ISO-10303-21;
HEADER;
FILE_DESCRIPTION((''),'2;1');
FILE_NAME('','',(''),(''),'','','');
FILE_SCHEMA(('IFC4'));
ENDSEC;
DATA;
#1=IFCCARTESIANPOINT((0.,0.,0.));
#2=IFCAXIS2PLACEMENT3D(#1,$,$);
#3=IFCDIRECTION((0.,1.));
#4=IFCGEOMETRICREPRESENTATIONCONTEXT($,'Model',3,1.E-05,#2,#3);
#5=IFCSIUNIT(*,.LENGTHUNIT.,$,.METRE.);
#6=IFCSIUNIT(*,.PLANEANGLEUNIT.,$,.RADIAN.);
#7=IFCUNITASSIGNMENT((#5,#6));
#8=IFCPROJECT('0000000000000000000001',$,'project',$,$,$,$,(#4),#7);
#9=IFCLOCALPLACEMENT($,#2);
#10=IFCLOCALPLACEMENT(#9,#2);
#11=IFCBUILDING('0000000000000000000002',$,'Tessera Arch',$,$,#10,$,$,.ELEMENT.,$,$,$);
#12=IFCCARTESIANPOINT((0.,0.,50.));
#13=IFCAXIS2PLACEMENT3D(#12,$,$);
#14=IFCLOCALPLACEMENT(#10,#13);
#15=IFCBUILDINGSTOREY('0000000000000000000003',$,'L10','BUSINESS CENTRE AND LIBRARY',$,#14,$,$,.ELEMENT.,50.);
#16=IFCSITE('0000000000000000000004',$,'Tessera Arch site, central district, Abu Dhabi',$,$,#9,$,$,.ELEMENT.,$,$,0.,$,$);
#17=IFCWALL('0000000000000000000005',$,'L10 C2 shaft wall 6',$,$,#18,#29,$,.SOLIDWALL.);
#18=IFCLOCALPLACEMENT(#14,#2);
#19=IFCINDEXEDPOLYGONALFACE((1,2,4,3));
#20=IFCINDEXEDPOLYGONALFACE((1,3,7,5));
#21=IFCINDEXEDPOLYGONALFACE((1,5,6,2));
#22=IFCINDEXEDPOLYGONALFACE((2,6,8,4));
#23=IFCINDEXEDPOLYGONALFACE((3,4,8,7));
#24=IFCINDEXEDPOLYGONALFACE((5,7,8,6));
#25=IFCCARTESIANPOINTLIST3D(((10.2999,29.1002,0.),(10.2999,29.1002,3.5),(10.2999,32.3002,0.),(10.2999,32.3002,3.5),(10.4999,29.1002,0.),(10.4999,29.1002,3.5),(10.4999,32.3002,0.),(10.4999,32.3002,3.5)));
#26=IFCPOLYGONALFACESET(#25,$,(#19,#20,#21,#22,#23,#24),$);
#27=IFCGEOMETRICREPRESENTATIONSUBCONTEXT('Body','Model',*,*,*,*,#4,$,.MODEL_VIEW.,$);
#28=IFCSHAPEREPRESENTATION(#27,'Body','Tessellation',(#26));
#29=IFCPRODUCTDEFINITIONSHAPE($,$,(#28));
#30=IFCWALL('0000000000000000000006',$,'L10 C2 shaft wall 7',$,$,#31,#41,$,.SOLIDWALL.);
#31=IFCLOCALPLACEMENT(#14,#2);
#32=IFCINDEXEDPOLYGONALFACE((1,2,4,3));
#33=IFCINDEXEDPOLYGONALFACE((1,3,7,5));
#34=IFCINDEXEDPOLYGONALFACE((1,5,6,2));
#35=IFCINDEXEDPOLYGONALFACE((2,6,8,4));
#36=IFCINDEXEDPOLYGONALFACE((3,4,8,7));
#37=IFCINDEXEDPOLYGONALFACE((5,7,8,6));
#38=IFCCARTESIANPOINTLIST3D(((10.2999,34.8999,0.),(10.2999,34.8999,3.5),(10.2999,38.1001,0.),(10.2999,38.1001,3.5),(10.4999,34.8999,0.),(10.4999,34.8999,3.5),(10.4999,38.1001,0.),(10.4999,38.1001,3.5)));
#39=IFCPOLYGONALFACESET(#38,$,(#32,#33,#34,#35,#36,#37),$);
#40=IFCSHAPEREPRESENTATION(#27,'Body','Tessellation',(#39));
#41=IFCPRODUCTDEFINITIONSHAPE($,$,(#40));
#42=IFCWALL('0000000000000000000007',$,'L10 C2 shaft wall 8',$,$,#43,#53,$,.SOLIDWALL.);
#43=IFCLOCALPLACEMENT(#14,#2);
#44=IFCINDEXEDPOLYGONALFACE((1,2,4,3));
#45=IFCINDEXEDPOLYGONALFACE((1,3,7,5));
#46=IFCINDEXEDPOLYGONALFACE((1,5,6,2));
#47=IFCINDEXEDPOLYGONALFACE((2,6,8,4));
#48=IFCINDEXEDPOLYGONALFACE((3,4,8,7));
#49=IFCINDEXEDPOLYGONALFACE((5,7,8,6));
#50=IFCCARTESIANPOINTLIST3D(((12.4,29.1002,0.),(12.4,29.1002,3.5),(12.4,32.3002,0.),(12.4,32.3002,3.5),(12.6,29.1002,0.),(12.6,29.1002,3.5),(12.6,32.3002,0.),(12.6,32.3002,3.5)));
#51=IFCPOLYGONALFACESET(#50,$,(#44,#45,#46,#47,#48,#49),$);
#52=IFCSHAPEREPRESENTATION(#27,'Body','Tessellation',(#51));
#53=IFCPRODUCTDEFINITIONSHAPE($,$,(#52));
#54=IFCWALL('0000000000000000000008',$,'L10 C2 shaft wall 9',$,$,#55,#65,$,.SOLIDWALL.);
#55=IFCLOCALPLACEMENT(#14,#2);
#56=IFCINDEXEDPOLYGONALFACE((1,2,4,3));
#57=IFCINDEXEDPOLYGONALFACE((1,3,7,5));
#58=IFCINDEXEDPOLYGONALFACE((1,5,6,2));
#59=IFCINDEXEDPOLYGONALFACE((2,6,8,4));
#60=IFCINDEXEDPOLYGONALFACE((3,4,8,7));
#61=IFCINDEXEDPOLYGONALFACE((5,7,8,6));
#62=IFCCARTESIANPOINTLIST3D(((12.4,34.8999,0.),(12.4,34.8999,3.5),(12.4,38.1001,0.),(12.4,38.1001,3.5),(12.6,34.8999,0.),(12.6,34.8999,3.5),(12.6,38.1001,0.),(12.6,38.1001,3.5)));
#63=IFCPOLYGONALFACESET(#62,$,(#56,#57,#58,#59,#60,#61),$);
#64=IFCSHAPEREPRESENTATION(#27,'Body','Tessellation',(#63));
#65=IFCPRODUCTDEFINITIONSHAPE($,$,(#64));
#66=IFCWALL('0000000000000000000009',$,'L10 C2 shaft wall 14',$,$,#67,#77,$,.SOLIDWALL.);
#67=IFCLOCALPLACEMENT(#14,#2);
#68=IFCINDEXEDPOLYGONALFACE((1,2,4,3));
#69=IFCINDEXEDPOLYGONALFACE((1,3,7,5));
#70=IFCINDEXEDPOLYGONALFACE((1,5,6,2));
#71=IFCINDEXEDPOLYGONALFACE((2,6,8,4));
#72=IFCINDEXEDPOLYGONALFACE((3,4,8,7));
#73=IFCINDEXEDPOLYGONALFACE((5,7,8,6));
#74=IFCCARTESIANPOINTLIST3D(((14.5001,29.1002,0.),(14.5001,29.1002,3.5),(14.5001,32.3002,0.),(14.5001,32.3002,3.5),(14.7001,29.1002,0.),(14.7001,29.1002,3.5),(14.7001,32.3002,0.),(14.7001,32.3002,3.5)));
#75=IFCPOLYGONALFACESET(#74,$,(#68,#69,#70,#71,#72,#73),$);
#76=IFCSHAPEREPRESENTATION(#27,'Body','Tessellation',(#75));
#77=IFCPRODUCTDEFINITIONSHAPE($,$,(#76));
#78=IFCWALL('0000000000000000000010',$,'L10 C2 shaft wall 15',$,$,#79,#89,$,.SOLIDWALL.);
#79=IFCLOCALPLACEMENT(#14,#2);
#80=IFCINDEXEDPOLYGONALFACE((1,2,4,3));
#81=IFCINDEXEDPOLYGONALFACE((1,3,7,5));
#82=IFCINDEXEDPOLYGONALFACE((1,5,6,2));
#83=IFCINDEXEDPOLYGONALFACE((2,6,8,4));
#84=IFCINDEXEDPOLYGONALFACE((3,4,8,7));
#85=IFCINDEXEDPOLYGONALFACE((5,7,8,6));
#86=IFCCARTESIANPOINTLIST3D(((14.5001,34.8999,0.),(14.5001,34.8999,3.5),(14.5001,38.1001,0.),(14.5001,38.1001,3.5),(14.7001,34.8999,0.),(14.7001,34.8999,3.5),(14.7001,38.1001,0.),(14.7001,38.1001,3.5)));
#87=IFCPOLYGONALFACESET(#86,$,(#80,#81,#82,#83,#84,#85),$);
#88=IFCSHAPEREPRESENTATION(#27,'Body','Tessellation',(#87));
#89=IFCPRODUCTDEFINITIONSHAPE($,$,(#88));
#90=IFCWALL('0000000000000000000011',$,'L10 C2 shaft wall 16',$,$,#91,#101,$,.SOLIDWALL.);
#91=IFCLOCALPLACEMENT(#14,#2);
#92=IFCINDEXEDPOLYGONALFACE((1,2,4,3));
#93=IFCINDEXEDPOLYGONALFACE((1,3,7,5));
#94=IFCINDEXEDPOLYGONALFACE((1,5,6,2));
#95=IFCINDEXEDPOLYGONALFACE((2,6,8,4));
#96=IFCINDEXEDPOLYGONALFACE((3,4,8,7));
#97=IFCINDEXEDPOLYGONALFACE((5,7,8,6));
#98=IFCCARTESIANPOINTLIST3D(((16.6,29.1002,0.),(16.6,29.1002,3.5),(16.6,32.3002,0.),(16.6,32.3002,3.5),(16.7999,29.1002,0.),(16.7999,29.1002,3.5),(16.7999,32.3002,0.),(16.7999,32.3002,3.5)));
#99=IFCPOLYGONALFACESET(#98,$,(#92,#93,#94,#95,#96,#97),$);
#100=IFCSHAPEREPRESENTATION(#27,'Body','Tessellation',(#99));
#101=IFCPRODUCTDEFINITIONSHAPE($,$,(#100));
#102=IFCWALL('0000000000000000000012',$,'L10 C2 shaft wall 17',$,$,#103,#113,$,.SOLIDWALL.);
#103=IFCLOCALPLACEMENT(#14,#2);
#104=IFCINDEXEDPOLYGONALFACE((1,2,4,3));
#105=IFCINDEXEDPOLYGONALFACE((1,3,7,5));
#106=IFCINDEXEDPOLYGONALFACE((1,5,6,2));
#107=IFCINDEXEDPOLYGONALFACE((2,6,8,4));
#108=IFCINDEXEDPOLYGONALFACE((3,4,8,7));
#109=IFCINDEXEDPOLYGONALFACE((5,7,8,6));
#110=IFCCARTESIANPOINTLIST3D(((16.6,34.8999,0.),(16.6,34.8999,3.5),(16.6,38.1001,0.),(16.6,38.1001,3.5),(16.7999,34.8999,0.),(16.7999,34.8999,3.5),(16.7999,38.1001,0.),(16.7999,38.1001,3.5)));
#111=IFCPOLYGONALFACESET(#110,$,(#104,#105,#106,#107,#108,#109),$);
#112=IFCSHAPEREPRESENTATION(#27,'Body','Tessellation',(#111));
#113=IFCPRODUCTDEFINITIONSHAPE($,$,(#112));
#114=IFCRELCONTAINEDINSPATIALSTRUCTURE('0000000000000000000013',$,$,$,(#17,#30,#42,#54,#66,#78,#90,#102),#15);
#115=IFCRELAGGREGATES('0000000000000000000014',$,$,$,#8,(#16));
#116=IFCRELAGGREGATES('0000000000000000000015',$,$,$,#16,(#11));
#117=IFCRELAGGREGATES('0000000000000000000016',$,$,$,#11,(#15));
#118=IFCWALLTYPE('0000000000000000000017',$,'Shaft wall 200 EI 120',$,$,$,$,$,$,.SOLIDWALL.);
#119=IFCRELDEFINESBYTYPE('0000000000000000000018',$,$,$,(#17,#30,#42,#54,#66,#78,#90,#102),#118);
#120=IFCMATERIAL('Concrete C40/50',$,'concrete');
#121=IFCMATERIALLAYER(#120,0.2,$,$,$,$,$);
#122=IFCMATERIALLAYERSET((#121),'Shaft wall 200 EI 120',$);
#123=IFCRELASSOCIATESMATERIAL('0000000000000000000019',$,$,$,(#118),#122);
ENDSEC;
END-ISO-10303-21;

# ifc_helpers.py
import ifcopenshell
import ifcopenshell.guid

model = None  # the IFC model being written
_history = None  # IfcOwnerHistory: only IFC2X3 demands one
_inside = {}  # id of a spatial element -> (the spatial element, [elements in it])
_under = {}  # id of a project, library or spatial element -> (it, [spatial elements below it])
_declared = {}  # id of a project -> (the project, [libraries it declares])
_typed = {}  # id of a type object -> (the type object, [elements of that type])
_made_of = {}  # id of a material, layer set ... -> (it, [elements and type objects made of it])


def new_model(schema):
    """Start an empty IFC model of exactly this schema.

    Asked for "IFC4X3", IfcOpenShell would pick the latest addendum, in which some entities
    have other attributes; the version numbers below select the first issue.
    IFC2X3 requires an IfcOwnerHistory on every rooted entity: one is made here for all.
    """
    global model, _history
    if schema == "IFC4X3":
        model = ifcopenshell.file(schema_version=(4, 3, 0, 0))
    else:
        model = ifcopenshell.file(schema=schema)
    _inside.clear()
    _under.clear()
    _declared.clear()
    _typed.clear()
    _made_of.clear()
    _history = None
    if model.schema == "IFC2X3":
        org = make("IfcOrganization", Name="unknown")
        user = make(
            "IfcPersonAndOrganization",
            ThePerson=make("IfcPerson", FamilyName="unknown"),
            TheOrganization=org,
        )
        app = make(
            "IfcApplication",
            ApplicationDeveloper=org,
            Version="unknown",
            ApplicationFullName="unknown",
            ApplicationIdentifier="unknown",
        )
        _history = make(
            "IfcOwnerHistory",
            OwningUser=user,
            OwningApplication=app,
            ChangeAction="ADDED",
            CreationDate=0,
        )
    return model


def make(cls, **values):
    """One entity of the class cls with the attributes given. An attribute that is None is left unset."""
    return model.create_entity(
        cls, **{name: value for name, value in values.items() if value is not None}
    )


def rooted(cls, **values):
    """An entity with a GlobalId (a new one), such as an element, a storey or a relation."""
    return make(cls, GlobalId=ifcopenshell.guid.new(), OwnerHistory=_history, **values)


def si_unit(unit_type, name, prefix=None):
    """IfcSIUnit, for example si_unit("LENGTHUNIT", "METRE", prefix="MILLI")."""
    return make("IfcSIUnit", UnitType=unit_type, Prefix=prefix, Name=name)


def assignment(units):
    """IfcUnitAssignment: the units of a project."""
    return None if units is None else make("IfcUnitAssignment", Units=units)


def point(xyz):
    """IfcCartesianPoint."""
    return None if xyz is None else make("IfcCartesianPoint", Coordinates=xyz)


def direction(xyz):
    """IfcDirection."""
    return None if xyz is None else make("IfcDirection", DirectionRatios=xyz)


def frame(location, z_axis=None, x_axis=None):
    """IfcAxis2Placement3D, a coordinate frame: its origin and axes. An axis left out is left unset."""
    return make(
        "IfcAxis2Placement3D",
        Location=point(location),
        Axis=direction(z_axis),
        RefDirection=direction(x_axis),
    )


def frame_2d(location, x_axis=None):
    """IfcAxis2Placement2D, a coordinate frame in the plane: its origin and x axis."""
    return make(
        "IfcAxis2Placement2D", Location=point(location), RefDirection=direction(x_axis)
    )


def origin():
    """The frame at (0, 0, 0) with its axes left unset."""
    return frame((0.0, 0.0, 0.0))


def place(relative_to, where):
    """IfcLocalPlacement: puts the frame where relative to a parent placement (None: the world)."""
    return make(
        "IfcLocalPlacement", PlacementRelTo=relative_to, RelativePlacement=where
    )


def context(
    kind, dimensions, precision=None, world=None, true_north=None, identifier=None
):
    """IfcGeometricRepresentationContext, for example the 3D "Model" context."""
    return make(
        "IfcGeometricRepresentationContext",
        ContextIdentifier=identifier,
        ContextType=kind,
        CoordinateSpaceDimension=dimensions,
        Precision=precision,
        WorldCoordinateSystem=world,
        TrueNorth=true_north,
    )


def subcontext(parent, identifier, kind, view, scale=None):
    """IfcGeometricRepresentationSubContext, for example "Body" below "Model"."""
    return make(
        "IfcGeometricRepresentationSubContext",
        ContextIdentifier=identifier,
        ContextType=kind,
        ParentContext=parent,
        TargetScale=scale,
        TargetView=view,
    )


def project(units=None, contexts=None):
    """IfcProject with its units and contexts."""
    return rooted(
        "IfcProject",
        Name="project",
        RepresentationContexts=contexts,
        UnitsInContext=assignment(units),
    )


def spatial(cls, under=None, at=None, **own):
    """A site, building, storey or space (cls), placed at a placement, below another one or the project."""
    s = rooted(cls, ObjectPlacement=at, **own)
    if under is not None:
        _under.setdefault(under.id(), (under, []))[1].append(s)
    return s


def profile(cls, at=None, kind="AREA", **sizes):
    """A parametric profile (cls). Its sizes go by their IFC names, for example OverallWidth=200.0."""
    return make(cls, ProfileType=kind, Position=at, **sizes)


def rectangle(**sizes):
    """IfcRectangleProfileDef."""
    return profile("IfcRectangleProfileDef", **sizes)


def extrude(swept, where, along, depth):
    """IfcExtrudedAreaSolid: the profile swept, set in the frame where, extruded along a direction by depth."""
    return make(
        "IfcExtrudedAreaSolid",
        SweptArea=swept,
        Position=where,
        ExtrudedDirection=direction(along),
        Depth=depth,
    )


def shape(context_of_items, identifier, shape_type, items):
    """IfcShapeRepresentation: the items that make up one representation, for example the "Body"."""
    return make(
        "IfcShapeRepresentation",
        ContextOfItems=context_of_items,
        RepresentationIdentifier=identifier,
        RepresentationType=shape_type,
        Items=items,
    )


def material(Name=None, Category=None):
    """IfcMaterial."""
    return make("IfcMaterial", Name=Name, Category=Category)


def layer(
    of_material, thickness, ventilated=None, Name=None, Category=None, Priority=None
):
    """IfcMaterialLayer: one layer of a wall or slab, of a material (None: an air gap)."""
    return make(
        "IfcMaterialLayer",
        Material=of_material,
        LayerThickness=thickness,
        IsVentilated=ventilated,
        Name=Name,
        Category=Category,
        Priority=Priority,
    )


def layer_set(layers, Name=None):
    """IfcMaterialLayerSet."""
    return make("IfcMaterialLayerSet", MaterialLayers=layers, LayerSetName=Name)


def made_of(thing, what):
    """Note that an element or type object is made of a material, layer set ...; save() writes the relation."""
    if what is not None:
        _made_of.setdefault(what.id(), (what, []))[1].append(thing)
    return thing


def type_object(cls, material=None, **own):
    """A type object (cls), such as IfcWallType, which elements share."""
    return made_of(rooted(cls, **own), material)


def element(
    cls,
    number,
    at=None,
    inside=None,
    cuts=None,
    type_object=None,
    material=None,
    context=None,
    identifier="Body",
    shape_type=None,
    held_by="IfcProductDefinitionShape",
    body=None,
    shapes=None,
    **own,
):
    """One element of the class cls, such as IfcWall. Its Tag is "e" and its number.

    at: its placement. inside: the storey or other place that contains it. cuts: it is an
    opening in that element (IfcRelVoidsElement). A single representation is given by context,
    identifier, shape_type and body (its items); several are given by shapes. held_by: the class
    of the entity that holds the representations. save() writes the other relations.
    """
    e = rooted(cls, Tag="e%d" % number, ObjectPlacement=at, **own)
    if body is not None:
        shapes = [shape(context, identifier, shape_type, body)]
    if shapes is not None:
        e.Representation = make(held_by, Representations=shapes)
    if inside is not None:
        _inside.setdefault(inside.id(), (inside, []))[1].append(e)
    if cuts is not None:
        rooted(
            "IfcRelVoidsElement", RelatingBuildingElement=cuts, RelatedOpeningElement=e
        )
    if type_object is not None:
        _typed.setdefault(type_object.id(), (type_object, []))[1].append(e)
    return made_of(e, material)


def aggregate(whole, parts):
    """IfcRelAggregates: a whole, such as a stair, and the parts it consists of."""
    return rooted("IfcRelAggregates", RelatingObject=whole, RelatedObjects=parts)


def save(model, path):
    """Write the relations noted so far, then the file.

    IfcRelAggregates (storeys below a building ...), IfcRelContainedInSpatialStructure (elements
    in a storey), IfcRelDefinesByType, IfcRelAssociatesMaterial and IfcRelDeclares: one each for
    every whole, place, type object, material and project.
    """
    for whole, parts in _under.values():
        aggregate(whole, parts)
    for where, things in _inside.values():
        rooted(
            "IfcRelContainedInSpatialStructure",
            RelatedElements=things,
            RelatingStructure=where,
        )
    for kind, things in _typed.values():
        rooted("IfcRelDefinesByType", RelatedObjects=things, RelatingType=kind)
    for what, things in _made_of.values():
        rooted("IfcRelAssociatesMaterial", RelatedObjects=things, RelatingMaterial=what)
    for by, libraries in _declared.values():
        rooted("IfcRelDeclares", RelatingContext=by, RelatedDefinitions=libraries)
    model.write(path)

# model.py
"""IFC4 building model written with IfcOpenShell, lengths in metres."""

from ifc_helpers import new_model, si_unit, direction, frame, frame_2d, origin, place, context, subcontext, project, spatial, rectangle, extrude, material, layer, layer_set, type_object, element, save


model = new_model("IFC4")

# Units and contexts
model_context = context("Model", 3, precision=1e-05, world=origin(), true_north=direction((0.0, 1.0)))
body_context = subcontext(model_context, "Body", "Model", "MODEL_VIEW")
ifc_project = project(units=[si_unit("LENGTHUNIT", "METRE"), si_unit("PLANEANGLEUNIT", "RADIAN")], contexts=[model_context])

# Site, building, storey
site_placement = place(None, origin())
site = spatial("IfcSite", under=ifc_project, at=site_placement, Name="Tessera Arch site, central district, Abu Dhabi", CompositionType="ELEMENT", RefElevation=0.0)
building_placement = place(site_placement, origin())
building = spatial("IfcBuilding", under=site, at=building_placement, Name="Tessera Arch", CompositionType="ELEMENT")
storey_placement = place(building_placement, frame((0.0, 0.0, 50.0)))
storey = spatial("IfcBuildingStorey", under=building, at=storey_placement, Name="L10", Description="BUSINESS CENTRE AND LIBRARY", CompositionType="ELEMENT", Elevation=50.0)

# Walls
ifc_material_1 = material(Name="Concrete C40/50", Category="concrete")
ifc_layer_1 = layer(ifc_material_1, 0.2)
ifc_layer_set_1 = layer_set([ifc_layer_1], Name="Shaft wall 200 EI 120")
wall_type_1 = type_object("IfcWallType", Name="Shaft wall 200 EI 120", PredefinedType="SOLIDWALL", material=ifc_layer_set_1)
wall_1_placement = place(storey_placement, frame((10.3999, 29.1001, 0.0), z_axis=(0.0, 0.0, 1.0), x_axis=(0.0, 1.0, 0.0)))
element("IfcWall", 1, at=wall_1_placement, inside=storey, type_object=wall_type_1, Name="L10 C2 shaft wall 6", PredefinedType="SOLIDWALL", context=body_context, shape_type="SweptSolid", body=[
    extrude(rectangle(XDim=3.2, YDim=0.2, at=frame_2d((1.6001, 0.0))), origin(), (0.0, 0.0, 1.0), 3.5),
])
wall_2_placement = place(storey_placement, frame((10.3999, 34.8999, 0.0), z_axis=(0.0, 0.0, 1.0), x_axis=(0.0, 1.0, 0.0)))
element("IfcWall", 2, at=wall_2_placement, inside=storey, type_object=wall_type_1, Name="L10 C2 shaft wall 7", PredefinedType="SOLIDWALL", context=body_context, shape_type="SweptSolid", body=[
    extrude(rectangle(XDim=3.2002, YDim=0.2, at=frame_2d((1.6001, 0.0))), origin(), (0.0, 0.0, 1.0), 3.5),
])
wall_3_placement = place(storey_placement, frame((12.5, 29.1001, 0.0), z_axis=(0.0, 0.0, 1.0), x_axis=(0.0, 1.0, 0.0)))
element("IfcWall", 3, at=wall_3_placement, inside=storey, type_object=wall_type_1, Name="L10 C2 shaft wall 8", PredefinedType="SOLIDWALL", context=body_context, shape_type="SweptSolid", body=[
    extrude(rectangle(XDim=3.2, YDim=0.2, at=frame_2d((1.6001, 0.0))), origin(), (0.0, 0.0, 1.0), 3.5),
])
wall_4_placement = place(storey_placement, frame((12.5, 34.8999, 0.0), z_axis=(0.0, 0.0, 1.0), x_axis=(0.0, 1.0, 0.0)))
element("IfcWall", 4, at=wall_4_placement, inside=storey, type_object=wall_type_1, Name="L10 C2 shaft wall 9", PredefinedType="SOLIDWALL", context=body_context, shape_type="SweptSolid", body=[
    extrude(rectangle(XDim=3.2002, YDim=0.2, at=frame_2d((1.6001, 0.0))), origin(), (0.0, 0.0, 1.0), 3.5),
])
wall_5_placement = place(storey_placement, frame((14.6001, 29.1001, 0.0), z_axis=(0.0, 0.0, 1.0), x_axis=(0.0, 1.0, 0.0)))
element("IfcWall", 5, at=wall_5_placement, inside=storey, type_object=wall_type_1, Name="L10 C2 shaft wall 14", PredefinedType="SOLIDWALL", context=body_context, shape_type="SweptSolid", body=[
    extrude(rectangle(XDim=3.2, YDim=0.2, at=frame_2d((1.6001, 0.0))), origin(), (0.0, 0.0, 1.0), 3.5),
])
wall_6_placement = place(storey_placement, frame((14.6001, 34.8999, 0.0), z_axis=(0.0, 0.0, 1.0), x_axis=(0.0, 1.0, 0.0)))
element("IfcWall", 6, at=wall_6_placement, inside=storey, type_object=wall_type_1, Name="L10 C2 shaft wall 15", PredefinedType="SOLIDWALL", context=body_context, shape_type="SweptSolid", body=[
    extrude(rectangle(XDim=3.2002, YDim=0.2, at=frame_2d((1.6001, 0.0))), origin(), (0.0, 0.0, 1.0), 3.5),
])
wall_7_placement = place(storey_placement, frame((16.7, 29.1001, 0.0), z_axis=(0.0, 0.0, 1.0), x_axis=(0.0, 1.0, 0.0)))
element("IfcWall", 7, at=wall_7_placement, inside=storey, type_object=wall_type_1, Name="L10 C2 shaft wall 16", PredefinedType="SOLIDWALL", context=body_context, shape_type="SweptSolid", body=[
    extrude(rectangle(XDim=3.2, YDim=0.2, at=frame_2d((1.6001, 0.0))), origin(), (0.0, 0.0, 1.0), 3.5),
])
wall_8_placement = place(storey_placement, frame((16.7, 34.8999, 0.0), z_axis=(0.0, 0.0, 1.0), x_axis=(0.0, 1.0, 0.0)))
element("IfcWall", 8, at=wall_8_placement, inside=storey, type_object=wall_type_1, Name="L10 C2 shaft wall 17", PredefinedType="SOLIDWALL", context=body_context, shape_type="SweptSolid", body=[
    extrude(rectangle(XDim=3.2002, YDim=0.2, at=frame_2d((1.6001, 0.0))), origin(), (0.0, 0.0, 1.0), 3.5),
])

save(model, "model.ifc")
